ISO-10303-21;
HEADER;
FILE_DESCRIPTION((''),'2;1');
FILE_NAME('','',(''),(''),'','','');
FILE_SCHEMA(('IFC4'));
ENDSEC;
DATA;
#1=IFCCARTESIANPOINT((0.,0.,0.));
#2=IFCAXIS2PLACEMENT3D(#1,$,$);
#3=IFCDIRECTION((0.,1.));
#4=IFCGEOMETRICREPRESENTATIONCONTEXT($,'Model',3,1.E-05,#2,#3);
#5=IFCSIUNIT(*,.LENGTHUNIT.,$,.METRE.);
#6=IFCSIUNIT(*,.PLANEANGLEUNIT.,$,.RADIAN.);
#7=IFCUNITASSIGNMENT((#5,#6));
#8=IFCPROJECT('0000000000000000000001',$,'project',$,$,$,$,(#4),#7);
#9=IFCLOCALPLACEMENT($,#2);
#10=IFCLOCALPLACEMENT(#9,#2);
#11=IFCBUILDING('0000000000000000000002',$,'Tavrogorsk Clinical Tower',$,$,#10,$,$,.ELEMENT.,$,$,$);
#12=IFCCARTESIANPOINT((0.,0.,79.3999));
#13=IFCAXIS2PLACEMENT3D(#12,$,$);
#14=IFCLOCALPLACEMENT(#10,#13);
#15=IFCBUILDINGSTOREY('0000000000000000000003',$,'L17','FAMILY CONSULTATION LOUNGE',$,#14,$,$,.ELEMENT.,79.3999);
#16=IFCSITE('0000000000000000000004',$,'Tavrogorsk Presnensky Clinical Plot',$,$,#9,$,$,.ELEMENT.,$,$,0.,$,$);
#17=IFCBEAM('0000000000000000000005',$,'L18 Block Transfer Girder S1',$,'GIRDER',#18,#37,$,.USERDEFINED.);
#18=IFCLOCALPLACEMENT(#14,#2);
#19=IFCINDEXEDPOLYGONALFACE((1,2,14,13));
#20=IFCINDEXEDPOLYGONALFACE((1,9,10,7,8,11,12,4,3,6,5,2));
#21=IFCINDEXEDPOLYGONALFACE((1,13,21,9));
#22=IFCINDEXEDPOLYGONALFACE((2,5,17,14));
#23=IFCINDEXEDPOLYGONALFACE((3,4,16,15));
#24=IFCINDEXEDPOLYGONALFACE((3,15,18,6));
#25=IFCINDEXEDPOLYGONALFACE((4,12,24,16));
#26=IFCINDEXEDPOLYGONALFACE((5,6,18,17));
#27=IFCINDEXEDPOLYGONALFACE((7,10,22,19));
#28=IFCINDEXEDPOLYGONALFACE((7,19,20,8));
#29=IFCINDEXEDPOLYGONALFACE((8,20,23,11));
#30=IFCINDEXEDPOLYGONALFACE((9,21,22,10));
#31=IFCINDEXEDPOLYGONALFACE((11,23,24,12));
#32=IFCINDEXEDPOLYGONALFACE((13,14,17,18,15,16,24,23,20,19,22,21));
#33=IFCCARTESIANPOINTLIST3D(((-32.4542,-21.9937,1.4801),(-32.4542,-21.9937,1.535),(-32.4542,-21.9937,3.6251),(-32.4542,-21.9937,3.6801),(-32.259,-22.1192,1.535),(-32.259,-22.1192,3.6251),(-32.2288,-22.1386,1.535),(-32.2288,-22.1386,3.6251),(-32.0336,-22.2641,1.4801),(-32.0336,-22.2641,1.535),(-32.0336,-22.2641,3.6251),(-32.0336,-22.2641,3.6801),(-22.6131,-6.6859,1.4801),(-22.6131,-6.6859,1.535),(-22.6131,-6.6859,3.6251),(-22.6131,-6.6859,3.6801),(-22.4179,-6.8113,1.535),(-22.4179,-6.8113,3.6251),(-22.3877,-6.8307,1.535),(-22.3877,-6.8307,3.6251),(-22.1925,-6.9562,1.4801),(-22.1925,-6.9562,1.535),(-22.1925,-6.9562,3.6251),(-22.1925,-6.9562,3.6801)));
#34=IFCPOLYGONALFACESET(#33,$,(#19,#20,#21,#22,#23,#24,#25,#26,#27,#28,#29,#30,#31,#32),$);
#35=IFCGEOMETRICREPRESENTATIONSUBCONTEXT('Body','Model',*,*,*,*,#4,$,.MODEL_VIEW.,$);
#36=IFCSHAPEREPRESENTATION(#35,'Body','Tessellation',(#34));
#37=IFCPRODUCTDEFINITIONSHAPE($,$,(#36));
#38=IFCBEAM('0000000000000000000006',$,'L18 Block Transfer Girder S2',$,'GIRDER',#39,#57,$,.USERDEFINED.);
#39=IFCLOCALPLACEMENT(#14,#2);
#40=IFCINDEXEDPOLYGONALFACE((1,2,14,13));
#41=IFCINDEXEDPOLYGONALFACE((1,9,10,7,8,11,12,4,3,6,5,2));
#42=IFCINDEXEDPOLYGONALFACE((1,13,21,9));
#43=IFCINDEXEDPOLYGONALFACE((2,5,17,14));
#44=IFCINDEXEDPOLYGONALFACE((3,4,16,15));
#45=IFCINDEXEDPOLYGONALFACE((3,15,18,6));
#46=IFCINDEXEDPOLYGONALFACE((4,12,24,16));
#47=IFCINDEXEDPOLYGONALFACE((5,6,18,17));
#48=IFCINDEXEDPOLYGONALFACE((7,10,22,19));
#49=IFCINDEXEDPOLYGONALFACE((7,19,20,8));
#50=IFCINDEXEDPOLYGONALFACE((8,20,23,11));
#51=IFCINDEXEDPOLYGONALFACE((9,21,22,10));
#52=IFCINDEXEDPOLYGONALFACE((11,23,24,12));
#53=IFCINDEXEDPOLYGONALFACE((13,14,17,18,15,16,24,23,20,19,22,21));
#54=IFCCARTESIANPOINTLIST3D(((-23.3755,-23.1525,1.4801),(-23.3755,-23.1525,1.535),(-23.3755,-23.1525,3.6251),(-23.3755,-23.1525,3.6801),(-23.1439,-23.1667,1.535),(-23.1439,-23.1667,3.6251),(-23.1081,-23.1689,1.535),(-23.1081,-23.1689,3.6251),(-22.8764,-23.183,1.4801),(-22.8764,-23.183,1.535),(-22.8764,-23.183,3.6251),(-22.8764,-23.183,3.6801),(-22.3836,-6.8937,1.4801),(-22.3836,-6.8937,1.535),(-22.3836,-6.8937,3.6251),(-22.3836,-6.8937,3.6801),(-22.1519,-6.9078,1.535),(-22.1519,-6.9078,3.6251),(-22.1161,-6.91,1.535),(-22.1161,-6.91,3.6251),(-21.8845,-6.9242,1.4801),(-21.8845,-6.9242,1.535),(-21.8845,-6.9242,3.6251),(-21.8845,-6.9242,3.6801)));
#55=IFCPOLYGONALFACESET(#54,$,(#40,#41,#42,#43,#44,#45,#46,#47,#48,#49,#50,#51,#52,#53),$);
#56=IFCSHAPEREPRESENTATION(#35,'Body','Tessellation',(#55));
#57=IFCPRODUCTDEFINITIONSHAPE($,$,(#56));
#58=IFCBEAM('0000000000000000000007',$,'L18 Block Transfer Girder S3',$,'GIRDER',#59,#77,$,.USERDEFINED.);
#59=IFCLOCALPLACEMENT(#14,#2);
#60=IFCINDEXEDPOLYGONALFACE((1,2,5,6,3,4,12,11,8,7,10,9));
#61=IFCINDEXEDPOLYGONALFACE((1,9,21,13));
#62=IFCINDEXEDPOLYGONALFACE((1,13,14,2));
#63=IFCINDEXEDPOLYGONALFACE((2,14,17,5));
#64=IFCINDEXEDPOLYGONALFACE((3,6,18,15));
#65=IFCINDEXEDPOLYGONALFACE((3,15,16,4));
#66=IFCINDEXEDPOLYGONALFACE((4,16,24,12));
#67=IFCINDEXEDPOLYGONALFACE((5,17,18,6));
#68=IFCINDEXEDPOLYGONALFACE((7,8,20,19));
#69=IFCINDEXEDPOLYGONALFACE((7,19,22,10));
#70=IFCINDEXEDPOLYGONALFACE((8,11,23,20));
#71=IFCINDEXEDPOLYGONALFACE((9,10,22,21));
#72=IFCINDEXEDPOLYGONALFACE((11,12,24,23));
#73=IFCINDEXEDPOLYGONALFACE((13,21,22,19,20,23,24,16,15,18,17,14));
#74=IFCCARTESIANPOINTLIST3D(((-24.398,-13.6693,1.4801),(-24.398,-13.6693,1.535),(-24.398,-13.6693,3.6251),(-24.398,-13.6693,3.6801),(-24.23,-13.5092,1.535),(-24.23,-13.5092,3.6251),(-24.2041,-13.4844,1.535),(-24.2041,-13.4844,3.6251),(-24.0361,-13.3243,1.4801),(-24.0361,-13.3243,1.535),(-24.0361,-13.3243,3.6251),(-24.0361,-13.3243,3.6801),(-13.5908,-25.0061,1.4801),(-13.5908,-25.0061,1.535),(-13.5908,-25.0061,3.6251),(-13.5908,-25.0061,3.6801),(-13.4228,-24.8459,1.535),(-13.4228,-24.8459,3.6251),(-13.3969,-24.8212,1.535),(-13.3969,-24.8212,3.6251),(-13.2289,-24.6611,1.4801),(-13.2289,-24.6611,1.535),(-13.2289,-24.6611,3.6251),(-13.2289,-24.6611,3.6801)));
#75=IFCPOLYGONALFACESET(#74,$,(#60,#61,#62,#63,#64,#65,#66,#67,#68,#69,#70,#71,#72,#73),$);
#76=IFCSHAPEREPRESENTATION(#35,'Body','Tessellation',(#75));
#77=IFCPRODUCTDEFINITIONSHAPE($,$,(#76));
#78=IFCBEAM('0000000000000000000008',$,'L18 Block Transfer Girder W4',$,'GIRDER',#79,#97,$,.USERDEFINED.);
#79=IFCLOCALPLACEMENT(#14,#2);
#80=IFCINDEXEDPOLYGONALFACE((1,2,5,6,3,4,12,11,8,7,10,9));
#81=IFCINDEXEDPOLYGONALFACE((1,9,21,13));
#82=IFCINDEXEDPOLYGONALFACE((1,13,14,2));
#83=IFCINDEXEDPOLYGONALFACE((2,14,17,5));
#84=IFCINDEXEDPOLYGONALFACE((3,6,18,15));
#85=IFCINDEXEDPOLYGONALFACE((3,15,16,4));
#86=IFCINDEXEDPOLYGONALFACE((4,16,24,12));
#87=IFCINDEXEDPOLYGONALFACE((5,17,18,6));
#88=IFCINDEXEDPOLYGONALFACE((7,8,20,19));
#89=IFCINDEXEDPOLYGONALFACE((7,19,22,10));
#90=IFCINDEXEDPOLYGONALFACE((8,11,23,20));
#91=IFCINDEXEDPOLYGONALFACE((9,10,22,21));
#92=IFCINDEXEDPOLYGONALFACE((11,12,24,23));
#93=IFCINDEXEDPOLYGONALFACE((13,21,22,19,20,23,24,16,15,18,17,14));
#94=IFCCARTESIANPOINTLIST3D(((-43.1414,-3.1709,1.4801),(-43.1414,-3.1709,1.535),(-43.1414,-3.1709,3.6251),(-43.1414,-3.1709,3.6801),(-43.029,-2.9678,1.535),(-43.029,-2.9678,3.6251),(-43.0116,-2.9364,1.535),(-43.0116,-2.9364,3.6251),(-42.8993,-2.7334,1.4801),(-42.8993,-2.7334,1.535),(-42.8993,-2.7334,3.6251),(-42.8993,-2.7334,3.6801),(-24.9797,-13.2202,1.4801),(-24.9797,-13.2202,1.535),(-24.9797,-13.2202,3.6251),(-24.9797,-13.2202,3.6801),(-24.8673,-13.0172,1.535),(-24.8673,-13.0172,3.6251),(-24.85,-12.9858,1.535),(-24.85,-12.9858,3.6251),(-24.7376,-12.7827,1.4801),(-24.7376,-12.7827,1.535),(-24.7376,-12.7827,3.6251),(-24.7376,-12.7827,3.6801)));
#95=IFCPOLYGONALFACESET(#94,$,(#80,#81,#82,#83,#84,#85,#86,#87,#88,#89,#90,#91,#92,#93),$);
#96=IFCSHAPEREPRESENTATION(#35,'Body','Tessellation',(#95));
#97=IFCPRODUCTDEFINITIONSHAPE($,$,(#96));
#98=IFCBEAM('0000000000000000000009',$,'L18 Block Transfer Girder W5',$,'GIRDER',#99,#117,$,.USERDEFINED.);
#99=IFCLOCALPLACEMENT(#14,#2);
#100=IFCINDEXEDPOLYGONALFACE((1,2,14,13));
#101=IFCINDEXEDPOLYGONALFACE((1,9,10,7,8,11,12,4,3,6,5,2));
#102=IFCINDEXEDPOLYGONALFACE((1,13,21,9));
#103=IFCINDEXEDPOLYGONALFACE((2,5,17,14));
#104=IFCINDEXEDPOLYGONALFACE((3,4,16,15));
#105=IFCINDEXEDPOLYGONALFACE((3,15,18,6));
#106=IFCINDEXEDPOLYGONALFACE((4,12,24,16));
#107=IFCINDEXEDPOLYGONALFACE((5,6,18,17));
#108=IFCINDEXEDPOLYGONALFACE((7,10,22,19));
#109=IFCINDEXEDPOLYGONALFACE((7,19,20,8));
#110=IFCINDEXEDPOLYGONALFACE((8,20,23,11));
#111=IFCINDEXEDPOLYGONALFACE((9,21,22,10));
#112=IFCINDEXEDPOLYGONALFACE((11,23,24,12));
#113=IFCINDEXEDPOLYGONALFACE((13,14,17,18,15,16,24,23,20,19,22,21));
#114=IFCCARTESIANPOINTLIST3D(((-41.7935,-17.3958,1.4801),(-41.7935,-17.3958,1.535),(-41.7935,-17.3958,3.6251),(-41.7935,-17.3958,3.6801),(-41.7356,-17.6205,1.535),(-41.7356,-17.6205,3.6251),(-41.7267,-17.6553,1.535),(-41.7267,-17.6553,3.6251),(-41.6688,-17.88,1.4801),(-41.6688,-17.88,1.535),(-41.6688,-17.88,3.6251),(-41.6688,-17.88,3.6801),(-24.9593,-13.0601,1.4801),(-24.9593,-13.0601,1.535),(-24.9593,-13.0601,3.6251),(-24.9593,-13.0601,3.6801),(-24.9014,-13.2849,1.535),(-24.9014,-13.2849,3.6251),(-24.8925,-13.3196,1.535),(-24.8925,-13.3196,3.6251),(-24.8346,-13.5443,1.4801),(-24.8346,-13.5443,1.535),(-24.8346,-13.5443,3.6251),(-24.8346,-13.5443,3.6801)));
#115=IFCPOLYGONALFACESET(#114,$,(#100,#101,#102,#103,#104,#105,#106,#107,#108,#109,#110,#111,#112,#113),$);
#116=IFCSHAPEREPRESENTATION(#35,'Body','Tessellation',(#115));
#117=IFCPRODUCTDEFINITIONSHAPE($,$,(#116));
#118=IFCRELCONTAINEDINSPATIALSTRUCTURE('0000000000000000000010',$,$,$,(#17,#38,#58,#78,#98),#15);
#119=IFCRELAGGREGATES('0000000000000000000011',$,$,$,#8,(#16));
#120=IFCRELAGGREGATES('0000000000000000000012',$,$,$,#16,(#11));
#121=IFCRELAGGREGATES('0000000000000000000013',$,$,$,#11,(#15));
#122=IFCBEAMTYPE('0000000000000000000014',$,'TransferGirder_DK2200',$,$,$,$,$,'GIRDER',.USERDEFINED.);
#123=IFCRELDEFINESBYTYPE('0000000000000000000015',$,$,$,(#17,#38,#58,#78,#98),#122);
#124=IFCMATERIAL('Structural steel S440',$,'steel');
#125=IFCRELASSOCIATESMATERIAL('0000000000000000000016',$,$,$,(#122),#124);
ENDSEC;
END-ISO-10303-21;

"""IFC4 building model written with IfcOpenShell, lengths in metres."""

from ifc_helpers import new_model, si_unit, direction, frame, origin, origin_2d, place, context, subcontext, project, spatial, i_section, extrude, material, material_profile, profile_set, type_object, element, save


model = new_model("IFC4")

# Units and contexts
model_context = context("Model", 3, precision=1e-05, world=origin(), true_north=direction((0.0, 1.0)))
body_context = subcontext(model_context, "Body", "Model", "MODEL_VIEW")
ifc_project = project(units=[si_unit("LENGTHUNIT", "METRE"), si_unit("PLANEANGLEUNIT", "RADIAN")], contexts=[model_context])

# Site, building, storey
site_placement = place(None, origin())
site = spatial("IfcSite", under=ifc_project, at=site_placement, Name="Tavrogorsk Presnensky Clinical Plot", CompositionType="ELEMENT", RefElevation=0.0)
building_placement = place(site_placement, origin())
building = spatial("IfcBuilding", under=site, at=building_placement, Name="Tavrogorsk Clinical Tower", CompositionType="ELEMENT")
storey_placement = place(building_placement, frame((0.0, 0.0, 79.3999)))
storey = spatial("IfcBuildingStorey", under=building, at=storey_placement, Name="L17", Description="FAMILY CONSULTATION LOUNGE", CompositionType="ELEMENT", Elevation=79.3999)

# Beams
ifc_material_1 = material(Name="Structural steel S440", Category="steel")
ifc_material_profile_1 = material_profile(ifc_material_1, i_section(OverallWidth=0.5, OverallDepth=2.2, WebThickness=0.0359, FlangeThickness=0.0549, at=origin_2d()), Name="DK-2200x500x36x55")
ifc_profile_set_1 = profile_set([ifc_material_profile_1], Name="Structural steel S440")
beam_type_1 = type_object("IfcBeamType", Name="TransferGirder_DK2200", ElementType="GIRDER", PredefinedType="USERDEFINED", material=ifc_profile_set_1)
beam_1_placement = place(storey_placement, frame((-22.4028, -6.821, 2.5801), z_axis=(-0.540769, -0.841171, 0.0), x_axis=(0.841171, -0.540769, 0.0)))
element("IfcBeam", 1, at=beam_1_placement, inside=storey, type_object=beam_type_1, Name="L18 Block Transfer Girder S1", ObjectType="GIRDER", PredefinedType="USERDEFINED", context=body_context, shape_type="SweptSolid", body=[
    extrude(i_section(OverallWidth=0.5, OverallDepth=2.2, WebThickness=0.0359, FlangeThickness=0.0549, at=origin_2d()), origin(), (0.0, 0.0, 1.0), 18.1982),
])
beam_2_placement = place(storey_placement, frame((-22.134, -6.9089, 2.5801), z_axis=(-0.060896, -0.998144, 0.0), x_axis=(0.998144, -0.060896, 0.0)))
element("IfcBeam", 2, at=beam_2_placement, inside=storey, type_object=beam_type_1, Name="L18 Block Transfer Girder S2", ObjectType="GIRDER", PredefinedType="USERDEFINED", context=body_context, shape_type="SweptSolid", body=[
    extrude(i_section(OverallWidth=0.5, OverallDepth=2.2, WebThickness=0.0359, FlangeThickness=0.0549, at=origin_2d()), origin(), (0.0, 0.0, 1.0), 16.2891),
])
beam_3_placement = place(storey_placement, frame((-24.217, -13.4968, 2.5801), z_axis=(0.69, -0.723809, 0.0), x_axis=(0.723809, 0.69, 0.0)))
element("IfcBeam", 3, at=beam_3_placement, inside=storey, type_object=beam_type_1, Name="L18 Block Transfer Girder S3", ObjectType="GIRDER", PredefinedType="USERDEFINED", context=body_context, shape_type="SweptSolid", body=[
    extrude(i_section(OverallWidth=0.5, OverallDepth=2.2, WebThickness=0.0359, FlangeThickness=0.0549, at=origin_2d()), origin(), (0.0, 0.0, 1.0), 15.6626),
])
beam_4_placement = place(storey_placement, frame((-24.8586, -13.0015, 2.5801), z_axis=(-0.874984, 0.484152, 0.0), x_axis=(-0.484152, -0.874984, 0.0)))
element("IfcBeam", 4, at=beam_4_placement, inside=storey, type_object=beam_type_1, Name="L18 Block Transfer Girder W4", ObjectType="GIRDER", PredefinedType="USERDEFINED", context=body_context, shape_type="SweptSolid", body=[
    extrude(i_section(OverallWidth=0.5, OverallDepth=2.2, WebThickness=0.0359, FlangeThickness=0.0549, at=origin_2d()), origin(), (0.0, 0.0, 1.0), 20.7566),
])
beam_5_placement = place(storey_placement, frame((-24.897, -13.3022, 2.5801), z_axis=(-0.968397, -0.249413, 0.0), x_axis=(0.249413, -0.968397, 0.0)))
element("IfcBeam", 5, at=beam_5_placement, inside=storey, type_object=beam_type_1, Name="L18 Block Transfer Girder W5", ObjectType="GIRDER", PredefinedType="USERDEFINED", context=body_context, shape_type="SweptSolid", body=[
    extrude(i_section(OverallWidth=0.5, OverallDepth=2.2, WebThickness=0.0359, FlangeThickness=0.0549, at=origin_2d()), origin(), (0.0, 0.0, 1.0), 17.3835),
])

save(model, "model.ifc")
